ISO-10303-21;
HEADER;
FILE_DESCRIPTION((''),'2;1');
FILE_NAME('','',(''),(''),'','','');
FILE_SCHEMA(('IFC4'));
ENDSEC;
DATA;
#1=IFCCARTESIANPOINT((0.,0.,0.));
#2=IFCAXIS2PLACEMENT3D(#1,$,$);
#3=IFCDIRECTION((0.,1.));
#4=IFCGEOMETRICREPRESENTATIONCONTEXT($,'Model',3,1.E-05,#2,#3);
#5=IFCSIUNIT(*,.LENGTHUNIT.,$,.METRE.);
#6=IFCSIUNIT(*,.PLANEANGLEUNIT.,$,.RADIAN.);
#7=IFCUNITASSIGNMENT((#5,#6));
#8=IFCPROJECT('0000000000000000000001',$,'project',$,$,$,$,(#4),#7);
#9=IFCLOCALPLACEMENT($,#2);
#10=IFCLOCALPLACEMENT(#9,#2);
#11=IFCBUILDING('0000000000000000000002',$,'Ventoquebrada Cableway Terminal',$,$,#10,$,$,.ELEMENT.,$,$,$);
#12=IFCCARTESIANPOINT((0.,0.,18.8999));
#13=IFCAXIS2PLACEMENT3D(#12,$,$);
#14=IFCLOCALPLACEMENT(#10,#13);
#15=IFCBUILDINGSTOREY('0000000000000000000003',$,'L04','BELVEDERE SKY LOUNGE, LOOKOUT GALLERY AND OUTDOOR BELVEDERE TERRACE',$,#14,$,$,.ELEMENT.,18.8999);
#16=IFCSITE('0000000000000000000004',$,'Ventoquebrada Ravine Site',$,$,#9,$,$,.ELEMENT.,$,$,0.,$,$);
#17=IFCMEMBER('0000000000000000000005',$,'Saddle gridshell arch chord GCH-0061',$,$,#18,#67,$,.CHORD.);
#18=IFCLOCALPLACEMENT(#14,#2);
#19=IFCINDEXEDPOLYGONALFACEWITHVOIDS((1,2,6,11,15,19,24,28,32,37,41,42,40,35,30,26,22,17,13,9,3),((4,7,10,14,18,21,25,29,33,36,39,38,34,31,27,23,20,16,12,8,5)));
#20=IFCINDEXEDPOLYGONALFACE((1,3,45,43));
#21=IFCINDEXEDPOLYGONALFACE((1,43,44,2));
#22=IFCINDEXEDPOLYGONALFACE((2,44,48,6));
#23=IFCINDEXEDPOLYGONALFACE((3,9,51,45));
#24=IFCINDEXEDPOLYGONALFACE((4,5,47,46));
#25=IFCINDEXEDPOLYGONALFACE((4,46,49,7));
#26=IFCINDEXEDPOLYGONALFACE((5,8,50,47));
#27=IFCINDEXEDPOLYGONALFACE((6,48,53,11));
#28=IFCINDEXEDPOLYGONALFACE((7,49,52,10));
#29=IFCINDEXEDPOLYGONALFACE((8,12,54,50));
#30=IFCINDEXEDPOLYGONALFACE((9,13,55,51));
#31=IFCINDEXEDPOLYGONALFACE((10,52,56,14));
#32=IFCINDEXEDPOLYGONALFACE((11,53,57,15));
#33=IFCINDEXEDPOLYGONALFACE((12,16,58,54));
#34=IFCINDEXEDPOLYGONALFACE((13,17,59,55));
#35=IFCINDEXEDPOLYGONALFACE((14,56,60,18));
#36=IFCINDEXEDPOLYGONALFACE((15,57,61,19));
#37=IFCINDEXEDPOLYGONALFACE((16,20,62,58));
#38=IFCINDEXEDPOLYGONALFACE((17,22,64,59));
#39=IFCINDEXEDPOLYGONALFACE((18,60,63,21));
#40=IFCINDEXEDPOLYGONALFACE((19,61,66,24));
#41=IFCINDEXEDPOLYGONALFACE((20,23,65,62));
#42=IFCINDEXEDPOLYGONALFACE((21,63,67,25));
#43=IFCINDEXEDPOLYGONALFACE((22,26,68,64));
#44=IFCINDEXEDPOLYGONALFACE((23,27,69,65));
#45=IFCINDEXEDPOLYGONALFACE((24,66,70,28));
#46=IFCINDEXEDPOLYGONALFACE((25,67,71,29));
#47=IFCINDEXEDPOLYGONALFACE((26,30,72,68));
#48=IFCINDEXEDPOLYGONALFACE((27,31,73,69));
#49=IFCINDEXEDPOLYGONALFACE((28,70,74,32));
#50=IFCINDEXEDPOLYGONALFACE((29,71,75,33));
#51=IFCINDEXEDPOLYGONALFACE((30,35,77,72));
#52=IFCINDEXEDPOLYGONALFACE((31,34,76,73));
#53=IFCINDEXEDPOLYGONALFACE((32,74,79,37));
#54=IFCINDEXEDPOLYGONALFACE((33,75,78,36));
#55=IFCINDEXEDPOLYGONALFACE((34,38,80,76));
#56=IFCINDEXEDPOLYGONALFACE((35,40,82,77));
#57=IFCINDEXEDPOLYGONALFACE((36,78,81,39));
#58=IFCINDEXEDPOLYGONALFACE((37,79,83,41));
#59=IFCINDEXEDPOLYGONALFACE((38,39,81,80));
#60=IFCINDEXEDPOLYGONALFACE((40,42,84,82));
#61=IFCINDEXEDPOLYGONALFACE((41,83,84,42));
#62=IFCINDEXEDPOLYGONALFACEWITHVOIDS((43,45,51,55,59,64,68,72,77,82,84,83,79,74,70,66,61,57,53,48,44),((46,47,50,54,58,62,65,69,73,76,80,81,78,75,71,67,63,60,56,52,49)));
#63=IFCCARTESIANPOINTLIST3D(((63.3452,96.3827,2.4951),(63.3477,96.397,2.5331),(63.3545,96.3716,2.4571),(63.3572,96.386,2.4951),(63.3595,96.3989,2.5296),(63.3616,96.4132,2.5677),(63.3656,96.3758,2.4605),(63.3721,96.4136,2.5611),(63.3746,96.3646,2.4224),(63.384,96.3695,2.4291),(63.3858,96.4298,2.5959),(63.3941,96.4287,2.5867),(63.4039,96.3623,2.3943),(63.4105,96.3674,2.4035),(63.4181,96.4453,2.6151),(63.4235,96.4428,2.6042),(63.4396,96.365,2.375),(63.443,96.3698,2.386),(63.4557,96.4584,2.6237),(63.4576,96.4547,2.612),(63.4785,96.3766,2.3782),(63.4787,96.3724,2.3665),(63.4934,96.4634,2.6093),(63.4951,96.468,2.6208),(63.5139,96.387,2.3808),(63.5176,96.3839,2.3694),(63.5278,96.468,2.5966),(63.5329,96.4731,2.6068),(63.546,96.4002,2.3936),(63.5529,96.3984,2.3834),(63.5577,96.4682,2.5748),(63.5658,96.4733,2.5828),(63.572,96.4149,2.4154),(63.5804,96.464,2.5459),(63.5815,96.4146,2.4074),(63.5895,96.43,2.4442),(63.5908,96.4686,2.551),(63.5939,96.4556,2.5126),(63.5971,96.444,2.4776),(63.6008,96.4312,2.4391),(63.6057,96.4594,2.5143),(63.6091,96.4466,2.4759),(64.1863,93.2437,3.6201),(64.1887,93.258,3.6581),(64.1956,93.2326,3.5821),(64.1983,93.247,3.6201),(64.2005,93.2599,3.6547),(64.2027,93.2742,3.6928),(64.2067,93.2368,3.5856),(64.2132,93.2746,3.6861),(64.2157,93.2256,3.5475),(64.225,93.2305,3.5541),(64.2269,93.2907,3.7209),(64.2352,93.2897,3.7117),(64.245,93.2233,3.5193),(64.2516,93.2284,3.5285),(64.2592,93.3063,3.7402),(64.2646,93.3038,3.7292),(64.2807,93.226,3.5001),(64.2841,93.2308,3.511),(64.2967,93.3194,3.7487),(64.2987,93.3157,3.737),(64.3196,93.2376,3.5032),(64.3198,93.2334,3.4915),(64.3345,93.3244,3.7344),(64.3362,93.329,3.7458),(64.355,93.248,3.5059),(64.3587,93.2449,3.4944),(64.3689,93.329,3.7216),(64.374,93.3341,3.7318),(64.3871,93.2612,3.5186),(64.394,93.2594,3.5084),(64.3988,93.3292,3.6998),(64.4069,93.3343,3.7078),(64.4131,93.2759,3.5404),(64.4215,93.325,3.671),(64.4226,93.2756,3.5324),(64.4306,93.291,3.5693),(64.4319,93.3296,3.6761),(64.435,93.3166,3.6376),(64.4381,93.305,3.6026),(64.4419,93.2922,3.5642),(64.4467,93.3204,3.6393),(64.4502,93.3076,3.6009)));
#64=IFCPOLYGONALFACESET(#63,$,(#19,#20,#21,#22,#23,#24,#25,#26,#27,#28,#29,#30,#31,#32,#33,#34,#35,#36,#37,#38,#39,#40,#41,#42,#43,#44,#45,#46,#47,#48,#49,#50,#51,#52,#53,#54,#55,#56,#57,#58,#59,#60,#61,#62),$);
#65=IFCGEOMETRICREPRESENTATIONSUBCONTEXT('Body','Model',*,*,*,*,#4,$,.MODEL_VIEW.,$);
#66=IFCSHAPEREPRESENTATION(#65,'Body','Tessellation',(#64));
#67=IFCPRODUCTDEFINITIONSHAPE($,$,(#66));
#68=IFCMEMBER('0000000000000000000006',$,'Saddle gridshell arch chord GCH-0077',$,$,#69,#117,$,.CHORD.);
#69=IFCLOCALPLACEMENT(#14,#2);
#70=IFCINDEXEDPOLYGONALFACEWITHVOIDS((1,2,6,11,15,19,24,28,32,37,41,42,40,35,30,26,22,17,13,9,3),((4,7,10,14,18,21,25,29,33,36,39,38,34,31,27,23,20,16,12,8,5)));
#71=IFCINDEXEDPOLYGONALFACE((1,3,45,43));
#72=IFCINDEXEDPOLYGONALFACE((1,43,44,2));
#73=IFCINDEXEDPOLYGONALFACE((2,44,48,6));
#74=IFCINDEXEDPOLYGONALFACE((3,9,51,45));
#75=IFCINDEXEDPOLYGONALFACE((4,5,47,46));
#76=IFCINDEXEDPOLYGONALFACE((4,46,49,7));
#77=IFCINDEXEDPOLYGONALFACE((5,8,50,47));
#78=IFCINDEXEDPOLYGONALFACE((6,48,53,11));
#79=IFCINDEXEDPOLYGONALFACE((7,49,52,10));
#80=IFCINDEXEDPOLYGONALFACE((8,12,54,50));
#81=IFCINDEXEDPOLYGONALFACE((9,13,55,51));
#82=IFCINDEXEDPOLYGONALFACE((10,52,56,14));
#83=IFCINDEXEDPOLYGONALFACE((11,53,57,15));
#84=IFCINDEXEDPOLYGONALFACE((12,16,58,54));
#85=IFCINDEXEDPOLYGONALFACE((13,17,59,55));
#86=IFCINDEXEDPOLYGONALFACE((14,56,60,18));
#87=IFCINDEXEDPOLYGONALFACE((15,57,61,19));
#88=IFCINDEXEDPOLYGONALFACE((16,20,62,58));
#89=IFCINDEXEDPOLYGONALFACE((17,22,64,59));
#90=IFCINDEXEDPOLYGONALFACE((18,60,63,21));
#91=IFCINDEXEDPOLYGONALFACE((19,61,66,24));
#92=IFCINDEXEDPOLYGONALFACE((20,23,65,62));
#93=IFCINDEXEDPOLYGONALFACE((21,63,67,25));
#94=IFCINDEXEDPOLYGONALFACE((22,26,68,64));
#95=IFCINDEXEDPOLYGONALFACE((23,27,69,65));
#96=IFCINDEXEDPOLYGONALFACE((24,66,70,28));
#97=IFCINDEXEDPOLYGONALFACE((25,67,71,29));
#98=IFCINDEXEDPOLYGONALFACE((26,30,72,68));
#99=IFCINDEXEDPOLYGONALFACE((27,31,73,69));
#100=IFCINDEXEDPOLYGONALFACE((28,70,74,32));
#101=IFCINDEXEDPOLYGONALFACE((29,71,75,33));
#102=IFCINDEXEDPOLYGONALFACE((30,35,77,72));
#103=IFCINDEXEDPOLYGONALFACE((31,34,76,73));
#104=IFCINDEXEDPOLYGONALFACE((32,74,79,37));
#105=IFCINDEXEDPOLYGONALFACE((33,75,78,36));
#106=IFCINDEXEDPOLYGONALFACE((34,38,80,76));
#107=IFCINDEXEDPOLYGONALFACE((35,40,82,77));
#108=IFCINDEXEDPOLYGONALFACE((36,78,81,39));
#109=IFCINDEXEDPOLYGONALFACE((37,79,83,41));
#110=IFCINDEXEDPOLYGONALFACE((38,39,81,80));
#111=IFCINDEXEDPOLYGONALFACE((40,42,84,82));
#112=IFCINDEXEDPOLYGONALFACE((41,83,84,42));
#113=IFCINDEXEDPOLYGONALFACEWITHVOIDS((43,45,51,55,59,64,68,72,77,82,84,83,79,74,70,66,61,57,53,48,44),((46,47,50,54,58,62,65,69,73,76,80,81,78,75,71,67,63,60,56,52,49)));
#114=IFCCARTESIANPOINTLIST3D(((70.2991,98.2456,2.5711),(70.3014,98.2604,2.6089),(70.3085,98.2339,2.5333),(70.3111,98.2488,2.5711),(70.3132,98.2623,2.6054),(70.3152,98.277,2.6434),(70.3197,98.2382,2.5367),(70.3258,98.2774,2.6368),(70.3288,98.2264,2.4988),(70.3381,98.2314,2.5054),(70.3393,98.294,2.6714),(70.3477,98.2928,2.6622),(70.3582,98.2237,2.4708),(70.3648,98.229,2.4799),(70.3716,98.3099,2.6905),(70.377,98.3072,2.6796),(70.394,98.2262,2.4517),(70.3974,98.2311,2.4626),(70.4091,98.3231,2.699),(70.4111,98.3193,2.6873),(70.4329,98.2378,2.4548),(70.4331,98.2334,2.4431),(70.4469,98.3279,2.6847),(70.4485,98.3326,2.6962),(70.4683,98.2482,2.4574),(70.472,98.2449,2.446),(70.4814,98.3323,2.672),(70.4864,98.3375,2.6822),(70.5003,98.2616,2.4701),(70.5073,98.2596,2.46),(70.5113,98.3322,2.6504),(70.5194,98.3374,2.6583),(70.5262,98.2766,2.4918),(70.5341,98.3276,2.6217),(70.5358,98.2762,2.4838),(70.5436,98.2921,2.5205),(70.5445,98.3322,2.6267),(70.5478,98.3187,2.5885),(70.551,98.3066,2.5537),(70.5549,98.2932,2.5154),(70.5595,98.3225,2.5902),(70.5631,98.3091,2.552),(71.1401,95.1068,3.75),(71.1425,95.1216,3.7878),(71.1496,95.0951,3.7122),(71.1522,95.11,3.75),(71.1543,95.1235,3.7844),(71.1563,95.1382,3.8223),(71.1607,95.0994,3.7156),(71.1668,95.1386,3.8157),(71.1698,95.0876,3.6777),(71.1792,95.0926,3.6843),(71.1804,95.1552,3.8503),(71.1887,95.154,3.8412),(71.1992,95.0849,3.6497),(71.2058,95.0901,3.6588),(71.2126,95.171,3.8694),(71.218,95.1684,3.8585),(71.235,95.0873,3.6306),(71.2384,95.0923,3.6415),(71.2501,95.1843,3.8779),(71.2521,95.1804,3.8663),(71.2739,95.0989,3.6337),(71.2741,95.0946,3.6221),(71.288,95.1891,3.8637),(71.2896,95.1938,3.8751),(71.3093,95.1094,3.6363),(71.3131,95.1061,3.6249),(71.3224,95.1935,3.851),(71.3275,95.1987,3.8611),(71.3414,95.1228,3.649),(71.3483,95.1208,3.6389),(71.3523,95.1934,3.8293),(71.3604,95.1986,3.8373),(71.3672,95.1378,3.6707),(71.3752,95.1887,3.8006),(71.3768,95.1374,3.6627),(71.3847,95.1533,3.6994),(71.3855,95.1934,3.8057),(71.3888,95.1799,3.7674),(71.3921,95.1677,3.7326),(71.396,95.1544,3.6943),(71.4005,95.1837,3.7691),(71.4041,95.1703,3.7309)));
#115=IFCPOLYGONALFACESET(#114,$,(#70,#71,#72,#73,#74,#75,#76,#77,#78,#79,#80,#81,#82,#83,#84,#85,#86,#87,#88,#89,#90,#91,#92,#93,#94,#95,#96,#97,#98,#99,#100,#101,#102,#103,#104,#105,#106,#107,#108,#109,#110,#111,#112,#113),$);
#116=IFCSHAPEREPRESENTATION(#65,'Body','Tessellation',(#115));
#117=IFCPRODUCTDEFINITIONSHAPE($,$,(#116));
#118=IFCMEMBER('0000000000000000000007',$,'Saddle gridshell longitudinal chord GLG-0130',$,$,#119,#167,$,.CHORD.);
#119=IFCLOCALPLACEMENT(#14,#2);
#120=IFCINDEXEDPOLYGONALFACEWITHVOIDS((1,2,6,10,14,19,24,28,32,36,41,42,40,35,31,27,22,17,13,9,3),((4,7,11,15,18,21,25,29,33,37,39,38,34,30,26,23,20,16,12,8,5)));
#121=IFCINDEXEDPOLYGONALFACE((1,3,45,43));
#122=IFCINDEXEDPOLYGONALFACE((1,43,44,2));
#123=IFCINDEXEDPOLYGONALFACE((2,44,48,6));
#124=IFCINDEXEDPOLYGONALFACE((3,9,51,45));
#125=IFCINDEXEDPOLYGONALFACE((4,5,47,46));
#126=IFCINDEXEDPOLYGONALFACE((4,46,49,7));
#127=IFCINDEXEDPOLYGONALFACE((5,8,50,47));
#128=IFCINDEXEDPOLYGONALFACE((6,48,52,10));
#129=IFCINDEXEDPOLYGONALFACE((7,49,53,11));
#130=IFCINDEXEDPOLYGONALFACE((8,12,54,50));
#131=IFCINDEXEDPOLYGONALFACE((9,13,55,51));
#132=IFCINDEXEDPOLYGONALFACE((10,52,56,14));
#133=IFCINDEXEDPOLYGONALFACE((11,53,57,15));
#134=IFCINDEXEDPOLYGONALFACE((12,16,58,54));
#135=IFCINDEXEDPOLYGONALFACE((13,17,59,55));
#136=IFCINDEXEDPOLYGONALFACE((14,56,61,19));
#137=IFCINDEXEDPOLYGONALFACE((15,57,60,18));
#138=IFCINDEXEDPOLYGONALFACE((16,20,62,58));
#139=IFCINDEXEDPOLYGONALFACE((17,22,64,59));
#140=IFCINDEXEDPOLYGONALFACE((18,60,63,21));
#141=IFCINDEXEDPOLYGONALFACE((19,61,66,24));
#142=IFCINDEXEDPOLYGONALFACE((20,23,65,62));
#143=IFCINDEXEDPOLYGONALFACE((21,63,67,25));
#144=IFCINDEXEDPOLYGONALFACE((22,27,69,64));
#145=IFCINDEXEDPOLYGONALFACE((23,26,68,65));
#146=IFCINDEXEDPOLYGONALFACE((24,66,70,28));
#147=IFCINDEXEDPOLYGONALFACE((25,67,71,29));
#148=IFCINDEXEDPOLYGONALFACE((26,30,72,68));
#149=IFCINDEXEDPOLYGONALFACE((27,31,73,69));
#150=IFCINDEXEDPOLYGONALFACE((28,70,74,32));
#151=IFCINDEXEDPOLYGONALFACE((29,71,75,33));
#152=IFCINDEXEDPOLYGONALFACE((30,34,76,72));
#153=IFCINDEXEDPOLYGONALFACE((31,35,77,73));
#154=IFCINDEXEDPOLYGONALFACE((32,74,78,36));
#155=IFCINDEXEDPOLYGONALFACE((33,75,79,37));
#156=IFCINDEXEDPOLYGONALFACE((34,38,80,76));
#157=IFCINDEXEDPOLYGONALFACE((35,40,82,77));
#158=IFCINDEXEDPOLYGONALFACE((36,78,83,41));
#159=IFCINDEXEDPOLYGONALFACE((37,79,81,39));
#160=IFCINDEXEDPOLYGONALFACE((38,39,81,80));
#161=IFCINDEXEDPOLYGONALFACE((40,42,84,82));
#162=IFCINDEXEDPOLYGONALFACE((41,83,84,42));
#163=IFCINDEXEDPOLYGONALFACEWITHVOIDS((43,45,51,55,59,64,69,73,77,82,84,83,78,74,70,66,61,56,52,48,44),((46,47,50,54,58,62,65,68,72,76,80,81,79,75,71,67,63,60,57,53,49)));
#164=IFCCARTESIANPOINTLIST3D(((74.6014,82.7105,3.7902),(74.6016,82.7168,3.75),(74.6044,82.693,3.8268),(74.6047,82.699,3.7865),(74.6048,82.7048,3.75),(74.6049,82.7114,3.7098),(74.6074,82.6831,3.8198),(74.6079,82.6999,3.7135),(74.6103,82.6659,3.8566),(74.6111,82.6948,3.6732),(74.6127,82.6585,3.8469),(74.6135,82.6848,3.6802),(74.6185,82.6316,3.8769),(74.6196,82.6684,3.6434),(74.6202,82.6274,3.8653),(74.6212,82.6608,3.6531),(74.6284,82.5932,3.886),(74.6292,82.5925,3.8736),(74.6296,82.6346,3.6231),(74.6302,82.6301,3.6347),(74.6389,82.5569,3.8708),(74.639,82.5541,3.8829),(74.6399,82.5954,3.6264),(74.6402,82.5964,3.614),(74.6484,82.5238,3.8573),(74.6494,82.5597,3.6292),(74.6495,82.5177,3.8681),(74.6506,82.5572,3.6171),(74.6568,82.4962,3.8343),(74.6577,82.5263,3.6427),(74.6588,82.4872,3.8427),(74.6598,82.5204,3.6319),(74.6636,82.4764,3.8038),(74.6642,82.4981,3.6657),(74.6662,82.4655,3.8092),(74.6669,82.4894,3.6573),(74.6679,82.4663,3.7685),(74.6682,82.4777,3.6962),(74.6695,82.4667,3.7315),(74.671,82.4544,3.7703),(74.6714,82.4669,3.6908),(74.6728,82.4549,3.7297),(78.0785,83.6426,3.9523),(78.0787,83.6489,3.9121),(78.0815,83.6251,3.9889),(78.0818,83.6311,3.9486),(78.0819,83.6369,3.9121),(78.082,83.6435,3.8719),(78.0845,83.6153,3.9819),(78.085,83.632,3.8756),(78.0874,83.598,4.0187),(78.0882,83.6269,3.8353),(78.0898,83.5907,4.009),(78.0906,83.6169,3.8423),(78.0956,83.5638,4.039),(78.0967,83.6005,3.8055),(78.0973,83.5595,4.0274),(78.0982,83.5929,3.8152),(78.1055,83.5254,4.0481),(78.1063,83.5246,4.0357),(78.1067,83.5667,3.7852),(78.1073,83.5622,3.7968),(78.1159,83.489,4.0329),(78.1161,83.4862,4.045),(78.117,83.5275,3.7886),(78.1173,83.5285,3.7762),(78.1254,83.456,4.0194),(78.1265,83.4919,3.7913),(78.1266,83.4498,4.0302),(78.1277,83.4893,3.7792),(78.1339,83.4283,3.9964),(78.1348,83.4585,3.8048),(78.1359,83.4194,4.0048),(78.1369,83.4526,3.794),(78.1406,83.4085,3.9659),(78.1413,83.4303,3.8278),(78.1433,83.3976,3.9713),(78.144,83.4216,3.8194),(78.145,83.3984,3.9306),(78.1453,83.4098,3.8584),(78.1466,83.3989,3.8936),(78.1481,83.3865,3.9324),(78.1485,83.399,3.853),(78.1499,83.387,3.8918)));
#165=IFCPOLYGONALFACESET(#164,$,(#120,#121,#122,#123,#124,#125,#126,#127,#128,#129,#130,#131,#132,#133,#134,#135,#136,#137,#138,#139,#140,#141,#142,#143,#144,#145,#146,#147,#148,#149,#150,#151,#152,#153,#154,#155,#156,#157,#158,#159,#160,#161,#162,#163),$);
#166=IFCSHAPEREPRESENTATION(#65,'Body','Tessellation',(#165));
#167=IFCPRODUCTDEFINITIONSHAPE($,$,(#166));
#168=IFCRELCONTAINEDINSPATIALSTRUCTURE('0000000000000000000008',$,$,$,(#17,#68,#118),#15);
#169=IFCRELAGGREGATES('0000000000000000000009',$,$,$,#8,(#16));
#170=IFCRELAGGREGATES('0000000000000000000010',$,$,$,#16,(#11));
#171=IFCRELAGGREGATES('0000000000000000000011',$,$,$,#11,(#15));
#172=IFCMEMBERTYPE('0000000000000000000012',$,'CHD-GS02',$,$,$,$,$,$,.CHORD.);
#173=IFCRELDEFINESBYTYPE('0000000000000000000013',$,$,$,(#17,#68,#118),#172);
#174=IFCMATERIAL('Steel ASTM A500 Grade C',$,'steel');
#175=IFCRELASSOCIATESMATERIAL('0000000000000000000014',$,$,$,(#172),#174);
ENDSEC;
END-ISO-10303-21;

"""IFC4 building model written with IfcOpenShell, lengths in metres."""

from ifc_helpers import new_model, si_unit, direction, frame, origin, origin_2d, place, context, subcontext, project, spatial, hollow_circle, extrude, material, material_profile, profile_set, type_object, element, save


model = new_model("IFC4")

# Units and contexts
model_context = context("Model", 3, precision=1e-05, world=origin(), true_north=direction((0.0, 1.0)))
body_context = subcontext(model_context, "Body", "Model", "MODEL_VIEW")
ifc_project = project(units=[si_unit("LENGTHUNIT", "METRE"), si_unit("PLANEANGLEUNIT", "RADIAN")], contexts=[model_context])

# Site, building, storey
site_placement = place(None, origin())
site = spatial("IfcSite", under=ifc_project, at=site_placement, Name="Ventoquebrada Ravine Site", CompositionType="ELEMENT", RefElevation=0.0)
building_placement = place(site_placement, origin())
building = spatial("IfcBuilding", under=site, at=building_placement, Name="Ventoquebrada Cableway Terminal", CompositionType="ELEMENT")
storey_placement = place(building_placement, frame((0.0, 0.0, 18.8999)))
storey = spatial("IfcBuildingStorey", under=building, at=storey_placement, Name="L04", Description="BELVEDERE SKY LOUNGE, LOOKOUT GALLERY AND OUTDOOR BELVEDERE TERRACE", CompositionType="ELEMENT", Elevation=18.8999)

# Members
ifc_material_1 = material(Name="Steel ASTM A500 Grade C", Category="steel")
ifc_material_profile_1 = material_profile(ifc_material_1, hollow_circle(Radius=0.1365, WallThickness=0.0125, at=origin_2d()), Name="CHS273.0X12.5")
ifc_profile_set_1 = profile_set([ifc_material_profile_1], Name="Steel ASTM A500 Grade C")
member_type_1 = type_object("IfcMemberType", Name="CHD-GS02", PredefinedType="CHORD", material=ifc_profile_set_1)
member_1_placement = place(storey_placement, frame((64.3181, 93.2791, 3.6201), z_axis=(-0.244576, 0.912776, -0.327143), x_axis=(-0.965926, -0.258817, 0.0)))
element("IfcMember", 1, at=member_1_placement, inside=storey, type_object=member_type_1, Name="Saddle gridshell arch chord GCH-0061", PredefinedType="CHORD", context=body_context, shape_type="SweptSolid", body=[
    extrude(hollow_circle(Radius=0.1365, WallThickness=0.0125, at=origin_2d()), origin(), (0.0, 0.0, 1.0), 3.439),
])
member_2_placement = place(storey_placement, frame((71.272, 95.1421, 3.75), z_axis=(-0.243301, 0.908016, -0.341045), x_axis=(-0.965926, -0.258817, 0.0)))
element("IfcMember", 2, at=member_2_placement, inside=storey, type_object=member_type_1, Name="Saddle gridshell arch chord GCH-0077", PredefinedType="CHORD", context=body_context, shape_type="SweptSolid", body=[
    extrude(hollow_circle(Radius=0.1365, WallThickness=0.0125, at=origin_2d()), origin(), (0.0, 0.0, 1.0), 3.4568),
])
member_3_placement = place(storey_placement, frame((74.637, 82.585, 3.75), z_axis=(0.964916, 0.258675, 0.044987), x_axis=(-0.258937, 0.965894, 0.0)))
element("IfcMember", 3, at=member_3_placement, inside=storey, type_object=member_type_1, Name="Saddle gridshell longitudinal chord GLG-0130", PredefinedType="CHORD", context=body_context, shape_type="SweptSolid", body=[
    extrude(hollow_circle(Radius=0.1365, WallThickness=0.0125, at=origin_2d()), origin(), (0.0, 0.0, 1.0), 3.6035),
])

save(model, "model.ifc")
